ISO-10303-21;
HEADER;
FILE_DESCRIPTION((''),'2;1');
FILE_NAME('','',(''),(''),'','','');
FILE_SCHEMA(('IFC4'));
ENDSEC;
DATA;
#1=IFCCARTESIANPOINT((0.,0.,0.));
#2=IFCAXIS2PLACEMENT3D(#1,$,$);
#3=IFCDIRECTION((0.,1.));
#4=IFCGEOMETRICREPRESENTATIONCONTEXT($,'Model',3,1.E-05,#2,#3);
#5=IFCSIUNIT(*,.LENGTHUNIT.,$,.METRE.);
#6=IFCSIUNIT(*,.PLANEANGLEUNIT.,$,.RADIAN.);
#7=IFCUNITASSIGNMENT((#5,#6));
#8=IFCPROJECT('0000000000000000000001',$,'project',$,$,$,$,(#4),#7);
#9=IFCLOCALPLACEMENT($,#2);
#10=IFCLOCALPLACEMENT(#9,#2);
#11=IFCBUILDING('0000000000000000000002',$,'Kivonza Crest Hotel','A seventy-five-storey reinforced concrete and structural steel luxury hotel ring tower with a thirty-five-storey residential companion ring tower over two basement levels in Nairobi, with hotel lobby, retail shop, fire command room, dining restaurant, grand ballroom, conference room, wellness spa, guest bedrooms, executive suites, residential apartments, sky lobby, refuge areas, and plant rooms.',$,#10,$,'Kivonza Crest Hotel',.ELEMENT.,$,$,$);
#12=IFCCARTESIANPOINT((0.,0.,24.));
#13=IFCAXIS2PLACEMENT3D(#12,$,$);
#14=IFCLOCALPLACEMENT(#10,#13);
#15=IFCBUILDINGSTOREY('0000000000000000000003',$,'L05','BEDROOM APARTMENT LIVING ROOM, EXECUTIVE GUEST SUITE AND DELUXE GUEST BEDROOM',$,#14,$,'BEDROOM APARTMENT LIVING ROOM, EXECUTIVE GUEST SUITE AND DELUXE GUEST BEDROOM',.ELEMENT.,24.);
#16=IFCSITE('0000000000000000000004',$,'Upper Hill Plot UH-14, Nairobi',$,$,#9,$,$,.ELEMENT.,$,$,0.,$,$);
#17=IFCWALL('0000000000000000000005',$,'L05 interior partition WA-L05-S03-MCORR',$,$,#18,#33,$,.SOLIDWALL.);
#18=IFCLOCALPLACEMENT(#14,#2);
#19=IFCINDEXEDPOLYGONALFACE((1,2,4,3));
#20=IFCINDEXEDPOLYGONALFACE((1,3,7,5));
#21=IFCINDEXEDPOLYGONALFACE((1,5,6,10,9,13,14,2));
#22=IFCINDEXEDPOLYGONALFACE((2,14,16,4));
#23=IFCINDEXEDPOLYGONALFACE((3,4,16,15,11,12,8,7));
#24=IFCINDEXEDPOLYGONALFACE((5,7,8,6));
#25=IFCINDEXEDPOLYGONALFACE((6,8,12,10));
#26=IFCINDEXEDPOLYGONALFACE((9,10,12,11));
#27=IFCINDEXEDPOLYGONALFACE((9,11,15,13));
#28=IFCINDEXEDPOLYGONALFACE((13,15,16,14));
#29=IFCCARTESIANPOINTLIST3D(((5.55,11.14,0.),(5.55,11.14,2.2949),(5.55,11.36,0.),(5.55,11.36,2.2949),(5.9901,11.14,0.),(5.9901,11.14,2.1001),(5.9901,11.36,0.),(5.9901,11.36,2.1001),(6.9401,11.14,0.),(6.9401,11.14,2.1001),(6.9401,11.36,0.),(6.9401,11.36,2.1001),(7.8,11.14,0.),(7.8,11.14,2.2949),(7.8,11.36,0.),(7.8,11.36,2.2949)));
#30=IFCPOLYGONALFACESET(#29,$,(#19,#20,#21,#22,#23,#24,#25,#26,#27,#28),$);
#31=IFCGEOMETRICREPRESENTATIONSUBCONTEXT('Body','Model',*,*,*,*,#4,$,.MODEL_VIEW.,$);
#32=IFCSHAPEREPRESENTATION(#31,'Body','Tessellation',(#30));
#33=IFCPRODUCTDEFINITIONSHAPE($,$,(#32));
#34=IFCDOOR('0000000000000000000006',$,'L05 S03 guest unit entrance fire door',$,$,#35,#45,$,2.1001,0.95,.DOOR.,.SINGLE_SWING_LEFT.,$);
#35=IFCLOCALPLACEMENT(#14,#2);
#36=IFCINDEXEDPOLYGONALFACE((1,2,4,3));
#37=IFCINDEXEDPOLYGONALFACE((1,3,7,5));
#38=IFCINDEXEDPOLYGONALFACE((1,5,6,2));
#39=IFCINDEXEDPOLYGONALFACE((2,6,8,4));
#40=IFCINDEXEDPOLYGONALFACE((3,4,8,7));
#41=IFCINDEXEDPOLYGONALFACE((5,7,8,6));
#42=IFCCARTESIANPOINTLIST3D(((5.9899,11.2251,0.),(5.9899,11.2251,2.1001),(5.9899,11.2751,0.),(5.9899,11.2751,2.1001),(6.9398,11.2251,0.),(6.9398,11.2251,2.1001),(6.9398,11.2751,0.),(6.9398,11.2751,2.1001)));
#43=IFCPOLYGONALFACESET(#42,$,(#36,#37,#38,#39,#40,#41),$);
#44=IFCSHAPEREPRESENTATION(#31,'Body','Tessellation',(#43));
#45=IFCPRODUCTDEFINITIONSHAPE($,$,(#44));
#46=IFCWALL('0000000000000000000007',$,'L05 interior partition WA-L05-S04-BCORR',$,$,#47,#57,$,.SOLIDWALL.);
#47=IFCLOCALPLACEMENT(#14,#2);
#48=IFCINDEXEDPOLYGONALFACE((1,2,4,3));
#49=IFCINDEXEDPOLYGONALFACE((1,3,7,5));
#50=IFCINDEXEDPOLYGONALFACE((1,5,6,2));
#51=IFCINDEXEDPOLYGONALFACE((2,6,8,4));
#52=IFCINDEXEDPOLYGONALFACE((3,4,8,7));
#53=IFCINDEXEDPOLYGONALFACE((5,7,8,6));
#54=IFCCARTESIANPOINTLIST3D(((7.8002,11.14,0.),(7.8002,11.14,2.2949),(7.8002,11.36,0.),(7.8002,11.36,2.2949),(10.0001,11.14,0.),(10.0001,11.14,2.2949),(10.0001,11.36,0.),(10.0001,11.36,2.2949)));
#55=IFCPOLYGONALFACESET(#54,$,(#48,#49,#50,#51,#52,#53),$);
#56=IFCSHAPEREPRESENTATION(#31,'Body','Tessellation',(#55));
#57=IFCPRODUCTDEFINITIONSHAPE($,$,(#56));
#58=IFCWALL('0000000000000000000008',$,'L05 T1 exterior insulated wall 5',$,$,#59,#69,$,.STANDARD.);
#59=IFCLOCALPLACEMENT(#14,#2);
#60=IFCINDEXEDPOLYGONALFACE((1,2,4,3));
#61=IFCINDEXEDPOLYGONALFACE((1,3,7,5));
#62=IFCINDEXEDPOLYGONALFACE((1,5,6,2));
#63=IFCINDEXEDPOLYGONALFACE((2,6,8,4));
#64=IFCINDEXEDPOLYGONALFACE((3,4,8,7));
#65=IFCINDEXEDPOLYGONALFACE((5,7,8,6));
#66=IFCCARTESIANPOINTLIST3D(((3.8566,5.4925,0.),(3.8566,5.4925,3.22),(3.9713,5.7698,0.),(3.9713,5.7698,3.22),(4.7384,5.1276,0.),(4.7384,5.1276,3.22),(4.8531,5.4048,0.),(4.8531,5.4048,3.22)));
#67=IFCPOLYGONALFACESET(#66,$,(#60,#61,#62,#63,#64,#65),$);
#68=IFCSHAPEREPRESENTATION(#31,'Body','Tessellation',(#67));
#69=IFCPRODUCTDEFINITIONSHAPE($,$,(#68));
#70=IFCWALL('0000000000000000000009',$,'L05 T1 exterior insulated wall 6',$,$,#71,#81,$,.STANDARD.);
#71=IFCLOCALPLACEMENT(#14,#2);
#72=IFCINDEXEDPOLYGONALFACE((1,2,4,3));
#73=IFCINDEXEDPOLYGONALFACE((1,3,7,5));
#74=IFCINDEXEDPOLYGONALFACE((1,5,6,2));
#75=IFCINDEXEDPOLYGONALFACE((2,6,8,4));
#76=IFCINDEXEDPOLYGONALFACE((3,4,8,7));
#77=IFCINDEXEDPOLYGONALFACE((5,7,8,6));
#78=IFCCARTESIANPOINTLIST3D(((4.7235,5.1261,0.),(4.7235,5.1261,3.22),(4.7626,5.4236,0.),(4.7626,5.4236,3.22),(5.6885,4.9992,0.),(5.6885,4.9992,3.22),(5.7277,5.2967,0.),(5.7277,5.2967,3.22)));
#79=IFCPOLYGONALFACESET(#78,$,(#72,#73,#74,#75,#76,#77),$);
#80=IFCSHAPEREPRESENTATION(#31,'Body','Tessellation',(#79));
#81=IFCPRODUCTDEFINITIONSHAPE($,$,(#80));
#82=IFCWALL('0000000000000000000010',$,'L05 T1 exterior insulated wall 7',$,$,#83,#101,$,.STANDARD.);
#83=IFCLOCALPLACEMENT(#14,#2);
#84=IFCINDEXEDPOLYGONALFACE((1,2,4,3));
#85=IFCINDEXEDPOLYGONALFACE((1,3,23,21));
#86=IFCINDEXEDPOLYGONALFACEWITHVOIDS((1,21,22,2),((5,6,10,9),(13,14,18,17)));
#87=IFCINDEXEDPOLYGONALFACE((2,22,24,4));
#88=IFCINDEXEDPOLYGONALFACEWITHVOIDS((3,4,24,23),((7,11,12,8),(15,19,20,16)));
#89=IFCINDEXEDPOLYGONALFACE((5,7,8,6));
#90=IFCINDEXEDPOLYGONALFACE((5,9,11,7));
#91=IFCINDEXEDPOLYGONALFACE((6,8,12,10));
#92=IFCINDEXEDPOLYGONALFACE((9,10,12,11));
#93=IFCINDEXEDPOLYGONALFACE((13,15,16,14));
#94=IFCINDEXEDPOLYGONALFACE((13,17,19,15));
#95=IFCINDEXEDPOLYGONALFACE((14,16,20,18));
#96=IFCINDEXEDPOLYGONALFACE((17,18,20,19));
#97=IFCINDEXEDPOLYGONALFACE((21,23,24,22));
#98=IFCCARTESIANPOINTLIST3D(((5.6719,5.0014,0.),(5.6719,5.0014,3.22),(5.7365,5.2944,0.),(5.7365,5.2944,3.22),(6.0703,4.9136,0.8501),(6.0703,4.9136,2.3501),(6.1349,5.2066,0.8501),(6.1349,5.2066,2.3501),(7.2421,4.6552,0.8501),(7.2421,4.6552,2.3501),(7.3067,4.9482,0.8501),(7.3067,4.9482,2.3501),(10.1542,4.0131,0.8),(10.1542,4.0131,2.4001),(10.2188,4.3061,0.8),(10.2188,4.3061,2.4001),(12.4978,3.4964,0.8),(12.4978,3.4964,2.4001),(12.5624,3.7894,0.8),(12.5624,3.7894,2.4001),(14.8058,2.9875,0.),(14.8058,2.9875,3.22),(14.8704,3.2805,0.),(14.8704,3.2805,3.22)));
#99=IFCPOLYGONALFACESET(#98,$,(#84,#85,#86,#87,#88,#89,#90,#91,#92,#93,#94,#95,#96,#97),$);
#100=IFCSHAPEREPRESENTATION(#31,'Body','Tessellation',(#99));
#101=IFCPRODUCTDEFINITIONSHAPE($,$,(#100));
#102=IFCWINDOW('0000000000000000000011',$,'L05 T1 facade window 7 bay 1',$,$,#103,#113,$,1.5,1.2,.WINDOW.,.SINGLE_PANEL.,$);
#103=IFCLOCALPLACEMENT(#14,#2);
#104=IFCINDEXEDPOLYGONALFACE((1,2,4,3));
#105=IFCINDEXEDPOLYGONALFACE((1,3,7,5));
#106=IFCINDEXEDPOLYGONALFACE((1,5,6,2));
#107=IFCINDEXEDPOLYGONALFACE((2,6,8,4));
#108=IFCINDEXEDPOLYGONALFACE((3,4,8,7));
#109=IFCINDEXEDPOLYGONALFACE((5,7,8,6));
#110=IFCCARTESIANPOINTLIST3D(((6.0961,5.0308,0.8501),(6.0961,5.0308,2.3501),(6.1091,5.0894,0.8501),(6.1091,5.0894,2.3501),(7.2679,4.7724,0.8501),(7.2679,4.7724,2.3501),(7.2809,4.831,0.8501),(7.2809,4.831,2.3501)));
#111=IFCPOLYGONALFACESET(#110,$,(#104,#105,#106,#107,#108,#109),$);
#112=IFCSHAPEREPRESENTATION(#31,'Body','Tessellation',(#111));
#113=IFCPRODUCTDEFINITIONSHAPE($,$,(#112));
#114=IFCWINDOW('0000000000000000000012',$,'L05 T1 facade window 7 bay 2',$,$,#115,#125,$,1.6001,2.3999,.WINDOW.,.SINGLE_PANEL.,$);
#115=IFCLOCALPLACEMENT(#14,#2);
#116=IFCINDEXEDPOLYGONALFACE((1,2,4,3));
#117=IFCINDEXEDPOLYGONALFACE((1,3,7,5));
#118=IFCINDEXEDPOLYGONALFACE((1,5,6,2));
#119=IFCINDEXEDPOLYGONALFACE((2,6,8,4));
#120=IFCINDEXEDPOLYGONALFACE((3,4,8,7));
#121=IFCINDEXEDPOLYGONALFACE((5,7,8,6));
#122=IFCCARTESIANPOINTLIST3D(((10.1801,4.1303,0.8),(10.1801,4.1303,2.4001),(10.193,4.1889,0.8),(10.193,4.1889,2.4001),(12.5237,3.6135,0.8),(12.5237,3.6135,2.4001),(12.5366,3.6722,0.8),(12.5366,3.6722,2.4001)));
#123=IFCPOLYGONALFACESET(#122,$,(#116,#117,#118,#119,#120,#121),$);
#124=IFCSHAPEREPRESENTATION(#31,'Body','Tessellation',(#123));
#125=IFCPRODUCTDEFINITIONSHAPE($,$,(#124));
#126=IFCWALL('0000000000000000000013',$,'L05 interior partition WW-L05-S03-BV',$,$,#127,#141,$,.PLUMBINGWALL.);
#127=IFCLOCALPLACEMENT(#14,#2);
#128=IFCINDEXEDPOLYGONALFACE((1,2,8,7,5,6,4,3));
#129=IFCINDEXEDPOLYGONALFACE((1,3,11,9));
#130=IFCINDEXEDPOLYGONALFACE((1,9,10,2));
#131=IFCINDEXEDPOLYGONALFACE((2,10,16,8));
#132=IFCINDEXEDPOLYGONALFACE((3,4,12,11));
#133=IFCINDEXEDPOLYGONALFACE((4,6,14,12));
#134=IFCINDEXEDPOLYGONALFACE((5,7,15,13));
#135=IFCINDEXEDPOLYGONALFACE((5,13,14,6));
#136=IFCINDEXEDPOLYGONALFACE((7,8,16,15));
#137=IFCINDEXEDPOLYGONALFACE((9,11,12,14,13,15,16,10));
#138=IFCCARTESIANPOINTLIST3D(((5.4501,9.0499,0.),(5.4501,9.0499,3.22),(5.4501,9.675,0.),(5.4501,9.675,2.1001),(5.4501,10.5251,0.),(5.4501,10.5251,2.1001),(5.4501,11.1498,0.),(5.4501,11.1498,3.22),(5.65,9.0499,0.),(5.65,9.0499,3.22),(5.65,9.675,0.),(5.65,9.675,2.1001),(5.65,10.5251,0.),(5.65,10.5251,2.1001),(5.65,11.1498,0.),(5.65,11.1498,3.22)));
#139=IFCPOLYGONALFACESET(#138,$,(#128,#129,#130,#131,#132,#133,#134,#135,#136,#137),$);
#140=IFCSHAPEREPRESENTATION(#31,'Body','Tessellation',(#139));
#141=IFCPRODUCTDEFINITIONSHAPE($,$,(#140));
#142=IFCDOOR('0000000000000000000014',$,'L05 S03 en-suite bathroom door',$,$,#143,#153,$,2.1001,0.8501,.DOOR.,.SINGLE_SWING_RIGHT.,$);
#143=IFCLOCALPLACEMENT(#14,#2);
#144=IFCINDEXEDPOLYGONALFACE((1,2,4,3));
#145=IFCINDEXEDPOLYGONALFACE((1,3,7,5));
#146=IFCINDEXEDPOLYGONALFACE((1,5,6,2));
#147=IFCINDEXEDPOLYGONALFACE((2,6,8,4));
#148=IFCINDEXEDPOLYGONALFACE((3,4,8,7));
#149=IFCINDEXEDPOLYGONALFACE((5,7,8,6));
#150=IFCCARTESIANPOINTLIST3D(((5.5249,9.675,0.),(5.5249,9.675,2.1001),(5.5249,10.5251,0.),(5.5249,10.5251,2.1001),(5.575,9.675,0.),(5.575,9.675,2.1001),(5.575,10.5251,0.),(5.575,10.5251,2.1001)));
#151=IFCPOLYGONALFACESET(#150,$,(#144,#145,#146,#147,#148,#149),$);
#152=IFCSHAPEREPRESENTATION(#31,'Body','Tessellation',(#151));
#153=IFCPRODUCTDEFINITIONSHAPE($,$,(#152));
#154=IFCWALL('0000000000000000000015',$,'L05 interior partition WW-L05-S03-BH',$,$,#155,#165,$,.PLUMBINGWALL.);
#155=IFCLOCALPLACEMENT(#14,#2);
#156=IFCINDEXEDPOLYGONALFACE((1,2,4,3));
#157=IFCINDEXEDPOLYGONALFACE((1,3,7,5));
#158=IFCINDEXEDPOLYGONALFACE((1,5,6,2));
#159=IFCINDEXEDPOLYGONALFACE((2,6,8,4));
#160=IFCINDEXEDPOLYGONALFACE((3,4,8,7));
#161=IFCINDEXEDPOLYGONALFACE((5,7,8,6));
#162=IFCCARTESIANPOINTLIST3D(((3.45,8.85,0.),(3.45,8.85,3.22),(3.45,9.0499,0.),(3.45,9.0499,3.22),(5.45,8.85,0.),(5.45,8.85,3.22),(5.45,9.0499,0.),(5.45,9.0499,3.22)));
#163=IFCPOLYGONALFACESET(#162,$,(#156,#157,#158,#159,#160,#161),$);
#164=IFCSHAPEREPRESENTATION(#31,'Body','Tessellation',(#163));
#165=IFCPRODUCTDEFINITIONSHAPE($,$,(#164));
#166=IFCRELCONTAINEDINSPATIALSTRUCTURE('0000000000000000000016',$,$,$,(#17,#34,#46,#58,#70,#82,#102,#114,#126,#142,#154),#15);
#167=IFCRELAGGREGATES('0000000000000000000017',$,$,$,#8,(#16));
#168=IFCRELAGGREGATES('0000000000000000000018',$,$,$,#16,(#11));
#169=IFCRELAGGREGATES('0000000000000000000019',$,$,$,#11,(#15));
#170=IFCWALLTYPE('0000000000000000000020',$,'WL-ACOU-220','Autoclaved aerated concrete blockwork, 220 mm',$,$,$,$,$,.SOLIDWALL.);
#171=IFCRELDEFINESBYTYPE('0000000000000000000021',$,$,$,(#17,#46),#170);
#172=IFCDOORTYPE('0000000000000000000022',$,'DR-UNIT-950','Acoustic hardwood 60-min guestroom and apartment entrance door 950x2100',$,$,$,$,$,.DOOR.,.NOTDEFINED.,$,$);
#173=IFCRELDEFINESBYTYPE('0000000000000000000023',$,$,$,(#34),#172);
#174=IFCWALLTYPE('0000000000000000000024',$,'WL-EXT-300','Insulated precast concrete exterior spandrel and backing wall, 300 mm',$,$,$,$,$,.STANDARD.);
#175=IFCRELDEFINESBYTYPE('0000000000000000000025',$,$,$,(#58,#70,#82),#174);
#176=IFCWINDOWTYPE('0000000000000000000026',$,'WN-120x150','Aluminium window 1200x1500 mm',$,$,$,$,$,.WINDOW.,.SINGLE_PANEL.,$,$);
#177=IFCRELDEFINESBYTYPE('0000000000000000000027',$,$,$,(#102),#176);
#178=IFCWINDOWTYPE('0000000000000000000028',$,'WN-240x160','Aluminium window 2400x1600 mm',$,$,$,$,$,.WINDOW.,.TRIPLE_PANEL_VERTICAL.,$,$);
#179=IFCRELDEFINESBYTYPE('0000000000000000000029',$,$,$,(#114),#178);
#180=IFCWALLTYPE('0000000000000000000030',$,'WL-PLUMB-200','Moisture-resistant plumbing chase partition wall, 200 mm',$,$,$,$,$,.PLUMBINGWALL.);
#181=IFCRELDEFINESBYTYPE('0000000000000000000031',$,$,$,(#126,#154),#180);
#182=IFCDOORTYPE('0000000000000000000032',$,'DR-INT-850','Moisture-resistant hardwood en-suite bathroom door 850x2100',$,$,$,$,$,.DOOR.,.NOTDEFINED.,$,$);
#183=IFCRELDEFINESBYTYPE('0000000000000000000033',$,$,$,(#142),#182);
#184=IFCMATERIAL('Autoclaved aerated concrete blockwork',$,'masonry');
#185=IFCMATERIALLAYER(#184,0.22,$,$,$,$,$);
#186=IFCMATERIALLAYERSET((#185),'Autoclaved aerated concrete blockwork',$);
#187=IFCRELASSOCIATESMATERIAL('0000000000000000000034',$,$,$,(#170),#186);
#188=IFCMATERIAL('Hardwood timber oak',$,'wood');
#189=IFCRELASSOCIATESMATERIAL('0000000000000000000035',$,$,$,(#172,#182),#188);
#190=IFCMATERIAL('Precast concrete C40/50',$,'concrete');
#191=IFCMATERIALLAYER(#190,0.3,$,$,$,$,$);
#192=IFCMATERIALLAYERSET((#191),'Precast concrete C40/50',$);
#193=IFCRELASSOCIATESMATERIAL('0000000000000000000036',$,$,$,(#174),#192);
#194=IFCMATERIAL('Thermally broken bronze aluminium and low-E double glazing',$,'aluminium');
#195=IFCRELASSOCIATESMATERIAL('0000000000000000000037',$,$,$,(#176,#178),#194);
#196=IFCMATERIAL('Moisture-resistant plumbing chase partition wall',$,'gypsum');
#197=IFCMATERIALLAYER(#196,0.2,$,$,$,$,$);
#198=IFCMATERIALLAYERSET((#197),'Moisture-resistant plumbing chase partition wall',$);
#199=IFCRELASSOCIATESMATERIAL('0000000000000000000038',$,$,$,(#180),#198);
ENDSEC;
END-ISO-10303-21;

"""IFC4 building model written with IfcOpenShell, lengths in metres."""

from ifc_helpers import new_model, si_unit, direction, frame, frame_2d, origin, place, context, subcontext, project, spatial, rectangle, extrude, material, layer, layer_set, type_object, element, fill, save


model = new_model("IFC4")

# Units and contexts
model_context = context("Model", 3, precision=1e-05, world=origin(), true_north=direction((0.0, 1.0)))
body_context = subcontext(model_context, "Body", "Model", "MODEL_VIEW")
ifc_project = project(units=[si_unit("LENGTHUNIT", "METRE"), si_unit("PLANEANGLEUNIT", "RADIAN")], contexts=[model_context])

# Site, building, storey
site_placement = place(None, origin())
site = spatial("IfcSite", under=ifc_project, at=site_placement, Name="Upper Hill Plot UH-14, Nairobi", CompositionType="ELEMENT", RefElevation=0.0)
building_placement = place(site_placement, origin())
building = spatial("IfcBuilding", under=site, at=building_placement, Name="Kivonza Crest Hotel", Description="A seventy-five-storey reinforced concrete and structural steel luxury hotel ring tower with a thirty-five-storey residential companion ring tower over two basement levels in Nairobi, with hotel lobby, retail shop, fire command room, dining restaurant, grand ballroom, conference room, wellness spa, guest bedrooms, executive suites, residential apartments, sky lobby, refuge areas, and plant rooms.", LongName="Kivonza Crest Hotel", CompositionType="ELEMENT")
storey_placement = place(building_placement, frame((0.0, 0.0, 24.0)))
storey = spatial("IfcBuildingStorey", under=building, at=storey_placement, Name="L05", Description="BEDROOM APARTMENT LIVING ROOM, EXECUTIVE GUEST SUITE AND DELUXE GUEST BEDROOM", LongName="BEDROOM APARTMENT LIVING ROOM, EXECUTIVE GUEST SUITE AND DELUXE GUEST BEDROOM", CompositionType="ELEMENT", Elevation=24.0)

# Shared definitions
ifc_material_1 = material(Name="Autoclaved aerated concrete blockwork", Category="masonry")
ifc_layer_1 = layer(ifc_material_1, 0.22)
ifc_layer_set_1 = layer_set([ifc_layer_1], Name="Autoclaved aerated concrete blockwork")
wall_type_1 = type_object("IfcWallType", Name="WL-ACOU-220", Description="Autoclaved aerated concrete blockwork, 220 mm", PredefinedType="SOLIDWALL", material=ifc_layer_set_1)

# Wall, opening, door
wall_1_placement = place(storey_placement, frame((5.55, 11.25, 0.0), z_axis=(0.0, 0.0, 1.0), x_axis=(1.0, 0.0, 0.0)))
wall_1 = element("IfcWall", 1, at=wall_1_placement, inside=storey, type_object=wall_type_1, Name="L05 interior partition WA-L05-S03-MCORR", PredefinedType="SOLIDWALL", context=body_context, shape_type="SweptSolid", body=[
    extrude(rectangle(XDim=2.25, YDim=0.22, at=frame_2d((1.125, 0.0))), origin(), (0.0, 0.0, 1.0), 2.2949),
])
opening_1_placement = place(wall_1_placement, frame((0.4399, 0.0, 0.0)))
opening_1 = element("IfcOpeningElement", 2, at=opening_1_placement, cuts=wall_1, PredefinedType="OPENING", context=body_context, shape_type="SweptSolid", body=[
    extrude(rectangle(XDim=0.95, YDim=2.1001, at=frame_2d((0.4751, 1.05))), frame((0.0, 0.1201, 0.0), z_axis=(0.0, -1.0, 0.0), x_axis=(1.0, 0.0, 0.0)), (0.0, 0.0, 1.0), 0.24),
])
ifc_material_2 = material(Name="Hardwood timber oak", Category="wood")
door_type_1 = type_object("IfcDoorType", Name="DR-UNIT-950", Description="Acoustic hardwood 60-min guestroom and apartment entrance door 950x2100", OperationType="NOTDEFINED", PredefinedType="DOOR", material=ifc_material_2)
door_1_placement = place(opening_1_placement, frame((0.95, 0.0, 0.0), z_axis=(0.0, 0.0, 1.0), x_axis=(-1.0, 0.0, 0.0)))
door_1 = element("IfcDoor", 3, at=door_1_placement, inside=storey, type_object=door_type_1, Name="L05 S03 guest unit entrance fire door", OperationType="SINGLE_SWING_LEFT", OverallHeight=2.1001, OverallWidth=0.95, PredefinedType="DOOR", context=body_context, shape_type="SweptSolid", body=[
    extrude(rectangle(XDim=0.95, YDim=2.1001, at=frame_2d((0.4751, 1.05))), frame((0.0, 0.0249, 0.0), z_axis=(0.0, -1.0, 0.0), x_axis=(1.0, 0.0, 0.0)), (0.0, 0.0, 1.0), 0.05),
])
fill(opening_1, door_1)

# Walls
wall_2_placement = place(storey_placement, frame((7.8, 11.25, 0.0), z_axis=(0.0, 0.0, 1.0), x_axis=(1.0, 0.0, 0.0)))
element("IfcWall", 4, at=wall_2_placement, inside=storey, type_object=wall_type_1, Name="L05 interior partition WA-L05-S04-BCORR", PredefinedType="SOLIDWALL", context=body_context, shape_type="SweptSolid", body=[
    extrude(rectangle(XDim=2.2, YDim=0.22, at=frame_2d((1.1001, 0.0))), origin(), (0.0, 0.0, 1.0), 2.2949),
])
ifc_material_3 = material(Name="Precast concrete C40/50", Category="concrete")
ifc_layer_2 = layer(ifc_material_3, 0.3)
ifc_layer_set_2 = layer_set([ifc_layer_2], Name="Precast concrete C40/50")
wall_type_2 = type_object("IfcWallType", Name="WL-EXT-300", Description="Insulated precast concrete exterior spandrel and backing wall, 300 mm", PredefinedType="STANDARD", material=ifc_layer_set_2)
wall_3_placement = place(storey_placement, frame((3.9141, 5.6311, 0.0), z_axis=(0.0, 0.0, 1.0), x_axis=(0.923983, -0.382435, 0.0)))
element("IfcWall", 5, at=wall_3_placement, inside=storey, type_object=wall_type_2, Name="L05 T1 exterior insulated wall 5", PredefinedType="STANDARD", context=body_context, shape_type="SweptSolid", body=[
    extrude(rectangle(XDim=0.9543, YDim=0.3, at=frame_2d((0.4771, 0.0))), origin(), (0.0, 0.0, 1.0), 3.22),
])
wall_4_placement = place(storey_placement, frame((4.7429, 5.2749, 0.0), z_axis=(0.0, 0.0, 1.0), x_axis=(0.991459, -0.130422, 0.0)))
element("IfcWall", 6, at=wall_4_placement, inside=storey, type_object=wall_type_2, Name="L05 T1 exterior insulated wall 6", PredefinedType="STANDARD", context=body_context, shape_type="SweptSolid", body=[
    extrude(rectangle(XDim=0.9734, YDim=0.3, at=frame_2d((0.4868, 0.0))), origin(), (0.0, 0.0, 1.0), 3.22),
])

# Wall, openings, windows
wall_5_placement = place(storey_placement, frame((5.7041, 5.1479, 0.0), z_axis=(0.0, 0.0, 1.0), x_axis=(0.976544, -0.215319, 0.0)))
wall_5 = element("IfcWall", 7, at=wall_5_placement, inside=storey, type_object=wall_type_2, Name="L05 T1 exterior insulated wall 7", PredefinedType="STANDARD", context=body_context, shape_type="SweptSolid", body=[
    extrude(rectangle(XDim=9.3533, YDim=0.3, at=frame_2d((4.6768, 0.0))), origin(), (0.0, 0.0, 1.0), 3.22),
])
opening_2_placement = place(wall_5_placement, frame((0.408, 0.0, 0.8501)))
opening_2 = element("IfcOpeningElement", 8, at=opening_2_placement, cuts=wall_5, PredefinedType="OPENING", context=body_context, shape_type="SweptSolid", body=[
    extrude(rectangle(XDim=1.2, YDim=1.5, at=frame_2d((0.6001, 0.75))), frame((0.0, 0.1602, 0.0), z_axis=(0.0, -1.0, 0.0), x_axis=(1.0, 0.0, 0.0)), (0.0, 0.0, 1.0), 0.3201),
])
opening_3_placement = place(wall_5_placement, frame((4.5901, 0.0, 0.8)))
opening_3 = element("IfcOpeningElement", 9, at=opening_3_placement, cuts=wall_5, PredefinedType="OPENING", context=body_context, shape_type="SweptSolid", body=[
    extrude(rectangle(XDim=2.3999, YDim=1.6001, at=frame_2d((1.2, 0.8))), frame((0.0, 0.1602, 0.0), z_axis=(0.0, -1.0, 0.0), x_axis=(1.0, 0.0, 0.0)), (0.0, 0.0, 1.0), 0.3201),
])
ifc_material_4 = material(Name="Thermally broken bronze aluminium and low-E double glazing", Category="aluminium")
window_type_1 = type_object("IfcWindowType", Name="WN-120x150", Description="Aluminium window 1200x1500 mm", PartitioningType="SINGLE_PANEL", PredefinedType="WINDOW", material=ifc_material_4)
window_1_placement = place(opening_2_placement, origin())
window_1 = element("IfcWindow", 10, at=window_1_placement, inside=storey, type_object=window_type_1, Name="L05 T1 facade window 7 bay 1", OverallHeight=1.5, OverallWidth=1.2, PartitioningType="SINGLE_PANEL", PredefinedType="WINDOW", context=body_context, shape_type="SweptSolid", body=[
    extrude(rectangle(XDim=1.2, YDim=1.5, at=frame_2d((0.6001, 0.75))), frame((0.0, 0.03, 0.0), z_axis=(0.0, -1.0, 0.0), x_axis=(1.0, 0.0, 0.0)), (0.0, 0.0, 1.0), 0.0601),
])
fill(opening_2, window_1)
window_type_2 = type_object("IfcWindowType", Name="WN-240x160", Description="Aluminium window 2400x1600 mm", PartitioningType="TRIPLE_PANEL_VERTICAL", PredefinedType="WINDOW", material=ifc_material_4)
window_2_placement = place(opening_3_placement, origin())
window_2 = element("IfcWindow", 11, at=window_2_placement, inside=storey, type_object=window_type_2, Name="L05 T1 facade window 7 bay 2", OverallHeight=1.6001, OverallWidth=2.3999, PartitioningType="SINGLE_PANEL", PredefinedType="WINDOW", context=body_context, shape_type="SweptSolid", body=[
    extrude(rectangle(XDim=2.3999, YDim=1.6001, at=frame_2d((1.2, 0.8))), frame((0.0, 0.03, 0.0), z_axis=(0.0, -1.0, 0.0), x_axis=(1.0, 0.0, 0.0)), (0.0, 0.0, 1.0), 0.0601),
])
fill(opening_3, window_2)

# Wall, opening, door
ifc_material_5 = material(Name="Moisture-resistant plumbing chase partition wall", Category="gypsum")
ifc_layer_3 = layer(ifc_material_5, 0.2)
ifc_layer_set_3 = layer_set([ifc_layer_3], Name="Moisture-resistant plumbing chase partition wall")
wall_type_3 = type_object("IfcWallType", Name="WL-PLUMB-200", Description="Moisture-resistant plumbing chase partition wall, 200 mm", PredefinedType="PLUMBINGWALL", material=ifc_layer_set_3)
wall_6_placement = place(storey_placement, frame((5.55, 9.05, 0.0), z_axis=(0.0, 0.0, 1.0), x_axis=(0.0, 1.0, 0.0)))
wall_6 = element("IfcWall", 12, at=wall_6_placement, inside=storey, type_object=wall_type_3, Name="L05 interior partition WW-L05-S03-BV", PredefinedType="PLUMBINGWALL", context=body_context, shape_type="SweptSolid", body=[
    extrude(rectangle(XDim=2.0999, YDim=0.2, at=frame_2d((1.0498, 0.0))), origin(), (0.0, 0.0, 1.0), 3.22),
])
opening_4_placement = place(wall_6_placement, frame((0.625, 0.0, 0.0)))
opening_4 = element("IfcOpeningElement", 13, at=opening_4_placement, cuts=wall_6, PredefinedType="OPENING", context=body_context, shape_type="SweptSolid", body=[
    extrude(rectangle(XDim=0.8501, YDim=2.1001, at=frame_2d((0.425, 1.05))), frame((0.0, 0.1099, 0.0), z_axis=(0.0, -1.0, 0.0), x_axis=(1.0, 0.0, 0.0)), (0.0, 0.0, 1.0), 0.22),
])
door_type_2 = type_object("IfcDoorType", Name="DR-INT-850", Description="Moisture-resistant hardwood en-suite bathroom door 850x2100", OperationType="NOTDEFINED", PredefinedType="DOOR", material=ifc_material_2)
door_2_placement = place(opening_4_placement, frame((0.8501, 0.0, 0.0), z_axis=(0.0, 0.0, 1.0), x_axis=(-1.0, 0.0, 0.0)))
door_2 = element("IfcDoor", 14, at=door_2_placement, inside=storey, type_object=door_type_2, Name="L05 S03 en-suite bathroom door", OperationType="SINGLE_SWING_RIGHT", OverallHeight=2.1001, OverallWidth=0.8501, PredefinedType="DOOR", context=body_context, shape_type="SweptSolid", body=[
    extrude(rectangle(XDim=0.8501, YDim=2.1001, at=frame_2d((0.425, 1.05))), frame((0.0, 0.0249, 0.0), z_axis=(0.0, -1.0, 0.0), x_axis=(1.0, 0.0, 0.0)), (0.0, 0.0, 1.0), 0.05),
])
fill(opening_4, door_2)

# Wall
wall_7_placement = place(storey_placement, frame((3.45, 8.95, 0.0), z_axis=(0.0, 0.0, 1.0), x_axis=(1.0, 0.0, 0.0)))
element("IfcWall", 15, at=wall_7_placement, inside=storey, type_object=wall_type_3, Name="L05 interior partition WW-L05-S03-BH", PredefinedType="PLUMBINGWALL", context=body_context, shape_type="SweptSolid", body=[
    extrude(rectangle(XDim=2.0, YDim=0.2, at=frame_2d((1.0, 0.0))), origin(), (0.0, 0.0, 1.0), 3.22),
])

save(model, "model.ifc")
